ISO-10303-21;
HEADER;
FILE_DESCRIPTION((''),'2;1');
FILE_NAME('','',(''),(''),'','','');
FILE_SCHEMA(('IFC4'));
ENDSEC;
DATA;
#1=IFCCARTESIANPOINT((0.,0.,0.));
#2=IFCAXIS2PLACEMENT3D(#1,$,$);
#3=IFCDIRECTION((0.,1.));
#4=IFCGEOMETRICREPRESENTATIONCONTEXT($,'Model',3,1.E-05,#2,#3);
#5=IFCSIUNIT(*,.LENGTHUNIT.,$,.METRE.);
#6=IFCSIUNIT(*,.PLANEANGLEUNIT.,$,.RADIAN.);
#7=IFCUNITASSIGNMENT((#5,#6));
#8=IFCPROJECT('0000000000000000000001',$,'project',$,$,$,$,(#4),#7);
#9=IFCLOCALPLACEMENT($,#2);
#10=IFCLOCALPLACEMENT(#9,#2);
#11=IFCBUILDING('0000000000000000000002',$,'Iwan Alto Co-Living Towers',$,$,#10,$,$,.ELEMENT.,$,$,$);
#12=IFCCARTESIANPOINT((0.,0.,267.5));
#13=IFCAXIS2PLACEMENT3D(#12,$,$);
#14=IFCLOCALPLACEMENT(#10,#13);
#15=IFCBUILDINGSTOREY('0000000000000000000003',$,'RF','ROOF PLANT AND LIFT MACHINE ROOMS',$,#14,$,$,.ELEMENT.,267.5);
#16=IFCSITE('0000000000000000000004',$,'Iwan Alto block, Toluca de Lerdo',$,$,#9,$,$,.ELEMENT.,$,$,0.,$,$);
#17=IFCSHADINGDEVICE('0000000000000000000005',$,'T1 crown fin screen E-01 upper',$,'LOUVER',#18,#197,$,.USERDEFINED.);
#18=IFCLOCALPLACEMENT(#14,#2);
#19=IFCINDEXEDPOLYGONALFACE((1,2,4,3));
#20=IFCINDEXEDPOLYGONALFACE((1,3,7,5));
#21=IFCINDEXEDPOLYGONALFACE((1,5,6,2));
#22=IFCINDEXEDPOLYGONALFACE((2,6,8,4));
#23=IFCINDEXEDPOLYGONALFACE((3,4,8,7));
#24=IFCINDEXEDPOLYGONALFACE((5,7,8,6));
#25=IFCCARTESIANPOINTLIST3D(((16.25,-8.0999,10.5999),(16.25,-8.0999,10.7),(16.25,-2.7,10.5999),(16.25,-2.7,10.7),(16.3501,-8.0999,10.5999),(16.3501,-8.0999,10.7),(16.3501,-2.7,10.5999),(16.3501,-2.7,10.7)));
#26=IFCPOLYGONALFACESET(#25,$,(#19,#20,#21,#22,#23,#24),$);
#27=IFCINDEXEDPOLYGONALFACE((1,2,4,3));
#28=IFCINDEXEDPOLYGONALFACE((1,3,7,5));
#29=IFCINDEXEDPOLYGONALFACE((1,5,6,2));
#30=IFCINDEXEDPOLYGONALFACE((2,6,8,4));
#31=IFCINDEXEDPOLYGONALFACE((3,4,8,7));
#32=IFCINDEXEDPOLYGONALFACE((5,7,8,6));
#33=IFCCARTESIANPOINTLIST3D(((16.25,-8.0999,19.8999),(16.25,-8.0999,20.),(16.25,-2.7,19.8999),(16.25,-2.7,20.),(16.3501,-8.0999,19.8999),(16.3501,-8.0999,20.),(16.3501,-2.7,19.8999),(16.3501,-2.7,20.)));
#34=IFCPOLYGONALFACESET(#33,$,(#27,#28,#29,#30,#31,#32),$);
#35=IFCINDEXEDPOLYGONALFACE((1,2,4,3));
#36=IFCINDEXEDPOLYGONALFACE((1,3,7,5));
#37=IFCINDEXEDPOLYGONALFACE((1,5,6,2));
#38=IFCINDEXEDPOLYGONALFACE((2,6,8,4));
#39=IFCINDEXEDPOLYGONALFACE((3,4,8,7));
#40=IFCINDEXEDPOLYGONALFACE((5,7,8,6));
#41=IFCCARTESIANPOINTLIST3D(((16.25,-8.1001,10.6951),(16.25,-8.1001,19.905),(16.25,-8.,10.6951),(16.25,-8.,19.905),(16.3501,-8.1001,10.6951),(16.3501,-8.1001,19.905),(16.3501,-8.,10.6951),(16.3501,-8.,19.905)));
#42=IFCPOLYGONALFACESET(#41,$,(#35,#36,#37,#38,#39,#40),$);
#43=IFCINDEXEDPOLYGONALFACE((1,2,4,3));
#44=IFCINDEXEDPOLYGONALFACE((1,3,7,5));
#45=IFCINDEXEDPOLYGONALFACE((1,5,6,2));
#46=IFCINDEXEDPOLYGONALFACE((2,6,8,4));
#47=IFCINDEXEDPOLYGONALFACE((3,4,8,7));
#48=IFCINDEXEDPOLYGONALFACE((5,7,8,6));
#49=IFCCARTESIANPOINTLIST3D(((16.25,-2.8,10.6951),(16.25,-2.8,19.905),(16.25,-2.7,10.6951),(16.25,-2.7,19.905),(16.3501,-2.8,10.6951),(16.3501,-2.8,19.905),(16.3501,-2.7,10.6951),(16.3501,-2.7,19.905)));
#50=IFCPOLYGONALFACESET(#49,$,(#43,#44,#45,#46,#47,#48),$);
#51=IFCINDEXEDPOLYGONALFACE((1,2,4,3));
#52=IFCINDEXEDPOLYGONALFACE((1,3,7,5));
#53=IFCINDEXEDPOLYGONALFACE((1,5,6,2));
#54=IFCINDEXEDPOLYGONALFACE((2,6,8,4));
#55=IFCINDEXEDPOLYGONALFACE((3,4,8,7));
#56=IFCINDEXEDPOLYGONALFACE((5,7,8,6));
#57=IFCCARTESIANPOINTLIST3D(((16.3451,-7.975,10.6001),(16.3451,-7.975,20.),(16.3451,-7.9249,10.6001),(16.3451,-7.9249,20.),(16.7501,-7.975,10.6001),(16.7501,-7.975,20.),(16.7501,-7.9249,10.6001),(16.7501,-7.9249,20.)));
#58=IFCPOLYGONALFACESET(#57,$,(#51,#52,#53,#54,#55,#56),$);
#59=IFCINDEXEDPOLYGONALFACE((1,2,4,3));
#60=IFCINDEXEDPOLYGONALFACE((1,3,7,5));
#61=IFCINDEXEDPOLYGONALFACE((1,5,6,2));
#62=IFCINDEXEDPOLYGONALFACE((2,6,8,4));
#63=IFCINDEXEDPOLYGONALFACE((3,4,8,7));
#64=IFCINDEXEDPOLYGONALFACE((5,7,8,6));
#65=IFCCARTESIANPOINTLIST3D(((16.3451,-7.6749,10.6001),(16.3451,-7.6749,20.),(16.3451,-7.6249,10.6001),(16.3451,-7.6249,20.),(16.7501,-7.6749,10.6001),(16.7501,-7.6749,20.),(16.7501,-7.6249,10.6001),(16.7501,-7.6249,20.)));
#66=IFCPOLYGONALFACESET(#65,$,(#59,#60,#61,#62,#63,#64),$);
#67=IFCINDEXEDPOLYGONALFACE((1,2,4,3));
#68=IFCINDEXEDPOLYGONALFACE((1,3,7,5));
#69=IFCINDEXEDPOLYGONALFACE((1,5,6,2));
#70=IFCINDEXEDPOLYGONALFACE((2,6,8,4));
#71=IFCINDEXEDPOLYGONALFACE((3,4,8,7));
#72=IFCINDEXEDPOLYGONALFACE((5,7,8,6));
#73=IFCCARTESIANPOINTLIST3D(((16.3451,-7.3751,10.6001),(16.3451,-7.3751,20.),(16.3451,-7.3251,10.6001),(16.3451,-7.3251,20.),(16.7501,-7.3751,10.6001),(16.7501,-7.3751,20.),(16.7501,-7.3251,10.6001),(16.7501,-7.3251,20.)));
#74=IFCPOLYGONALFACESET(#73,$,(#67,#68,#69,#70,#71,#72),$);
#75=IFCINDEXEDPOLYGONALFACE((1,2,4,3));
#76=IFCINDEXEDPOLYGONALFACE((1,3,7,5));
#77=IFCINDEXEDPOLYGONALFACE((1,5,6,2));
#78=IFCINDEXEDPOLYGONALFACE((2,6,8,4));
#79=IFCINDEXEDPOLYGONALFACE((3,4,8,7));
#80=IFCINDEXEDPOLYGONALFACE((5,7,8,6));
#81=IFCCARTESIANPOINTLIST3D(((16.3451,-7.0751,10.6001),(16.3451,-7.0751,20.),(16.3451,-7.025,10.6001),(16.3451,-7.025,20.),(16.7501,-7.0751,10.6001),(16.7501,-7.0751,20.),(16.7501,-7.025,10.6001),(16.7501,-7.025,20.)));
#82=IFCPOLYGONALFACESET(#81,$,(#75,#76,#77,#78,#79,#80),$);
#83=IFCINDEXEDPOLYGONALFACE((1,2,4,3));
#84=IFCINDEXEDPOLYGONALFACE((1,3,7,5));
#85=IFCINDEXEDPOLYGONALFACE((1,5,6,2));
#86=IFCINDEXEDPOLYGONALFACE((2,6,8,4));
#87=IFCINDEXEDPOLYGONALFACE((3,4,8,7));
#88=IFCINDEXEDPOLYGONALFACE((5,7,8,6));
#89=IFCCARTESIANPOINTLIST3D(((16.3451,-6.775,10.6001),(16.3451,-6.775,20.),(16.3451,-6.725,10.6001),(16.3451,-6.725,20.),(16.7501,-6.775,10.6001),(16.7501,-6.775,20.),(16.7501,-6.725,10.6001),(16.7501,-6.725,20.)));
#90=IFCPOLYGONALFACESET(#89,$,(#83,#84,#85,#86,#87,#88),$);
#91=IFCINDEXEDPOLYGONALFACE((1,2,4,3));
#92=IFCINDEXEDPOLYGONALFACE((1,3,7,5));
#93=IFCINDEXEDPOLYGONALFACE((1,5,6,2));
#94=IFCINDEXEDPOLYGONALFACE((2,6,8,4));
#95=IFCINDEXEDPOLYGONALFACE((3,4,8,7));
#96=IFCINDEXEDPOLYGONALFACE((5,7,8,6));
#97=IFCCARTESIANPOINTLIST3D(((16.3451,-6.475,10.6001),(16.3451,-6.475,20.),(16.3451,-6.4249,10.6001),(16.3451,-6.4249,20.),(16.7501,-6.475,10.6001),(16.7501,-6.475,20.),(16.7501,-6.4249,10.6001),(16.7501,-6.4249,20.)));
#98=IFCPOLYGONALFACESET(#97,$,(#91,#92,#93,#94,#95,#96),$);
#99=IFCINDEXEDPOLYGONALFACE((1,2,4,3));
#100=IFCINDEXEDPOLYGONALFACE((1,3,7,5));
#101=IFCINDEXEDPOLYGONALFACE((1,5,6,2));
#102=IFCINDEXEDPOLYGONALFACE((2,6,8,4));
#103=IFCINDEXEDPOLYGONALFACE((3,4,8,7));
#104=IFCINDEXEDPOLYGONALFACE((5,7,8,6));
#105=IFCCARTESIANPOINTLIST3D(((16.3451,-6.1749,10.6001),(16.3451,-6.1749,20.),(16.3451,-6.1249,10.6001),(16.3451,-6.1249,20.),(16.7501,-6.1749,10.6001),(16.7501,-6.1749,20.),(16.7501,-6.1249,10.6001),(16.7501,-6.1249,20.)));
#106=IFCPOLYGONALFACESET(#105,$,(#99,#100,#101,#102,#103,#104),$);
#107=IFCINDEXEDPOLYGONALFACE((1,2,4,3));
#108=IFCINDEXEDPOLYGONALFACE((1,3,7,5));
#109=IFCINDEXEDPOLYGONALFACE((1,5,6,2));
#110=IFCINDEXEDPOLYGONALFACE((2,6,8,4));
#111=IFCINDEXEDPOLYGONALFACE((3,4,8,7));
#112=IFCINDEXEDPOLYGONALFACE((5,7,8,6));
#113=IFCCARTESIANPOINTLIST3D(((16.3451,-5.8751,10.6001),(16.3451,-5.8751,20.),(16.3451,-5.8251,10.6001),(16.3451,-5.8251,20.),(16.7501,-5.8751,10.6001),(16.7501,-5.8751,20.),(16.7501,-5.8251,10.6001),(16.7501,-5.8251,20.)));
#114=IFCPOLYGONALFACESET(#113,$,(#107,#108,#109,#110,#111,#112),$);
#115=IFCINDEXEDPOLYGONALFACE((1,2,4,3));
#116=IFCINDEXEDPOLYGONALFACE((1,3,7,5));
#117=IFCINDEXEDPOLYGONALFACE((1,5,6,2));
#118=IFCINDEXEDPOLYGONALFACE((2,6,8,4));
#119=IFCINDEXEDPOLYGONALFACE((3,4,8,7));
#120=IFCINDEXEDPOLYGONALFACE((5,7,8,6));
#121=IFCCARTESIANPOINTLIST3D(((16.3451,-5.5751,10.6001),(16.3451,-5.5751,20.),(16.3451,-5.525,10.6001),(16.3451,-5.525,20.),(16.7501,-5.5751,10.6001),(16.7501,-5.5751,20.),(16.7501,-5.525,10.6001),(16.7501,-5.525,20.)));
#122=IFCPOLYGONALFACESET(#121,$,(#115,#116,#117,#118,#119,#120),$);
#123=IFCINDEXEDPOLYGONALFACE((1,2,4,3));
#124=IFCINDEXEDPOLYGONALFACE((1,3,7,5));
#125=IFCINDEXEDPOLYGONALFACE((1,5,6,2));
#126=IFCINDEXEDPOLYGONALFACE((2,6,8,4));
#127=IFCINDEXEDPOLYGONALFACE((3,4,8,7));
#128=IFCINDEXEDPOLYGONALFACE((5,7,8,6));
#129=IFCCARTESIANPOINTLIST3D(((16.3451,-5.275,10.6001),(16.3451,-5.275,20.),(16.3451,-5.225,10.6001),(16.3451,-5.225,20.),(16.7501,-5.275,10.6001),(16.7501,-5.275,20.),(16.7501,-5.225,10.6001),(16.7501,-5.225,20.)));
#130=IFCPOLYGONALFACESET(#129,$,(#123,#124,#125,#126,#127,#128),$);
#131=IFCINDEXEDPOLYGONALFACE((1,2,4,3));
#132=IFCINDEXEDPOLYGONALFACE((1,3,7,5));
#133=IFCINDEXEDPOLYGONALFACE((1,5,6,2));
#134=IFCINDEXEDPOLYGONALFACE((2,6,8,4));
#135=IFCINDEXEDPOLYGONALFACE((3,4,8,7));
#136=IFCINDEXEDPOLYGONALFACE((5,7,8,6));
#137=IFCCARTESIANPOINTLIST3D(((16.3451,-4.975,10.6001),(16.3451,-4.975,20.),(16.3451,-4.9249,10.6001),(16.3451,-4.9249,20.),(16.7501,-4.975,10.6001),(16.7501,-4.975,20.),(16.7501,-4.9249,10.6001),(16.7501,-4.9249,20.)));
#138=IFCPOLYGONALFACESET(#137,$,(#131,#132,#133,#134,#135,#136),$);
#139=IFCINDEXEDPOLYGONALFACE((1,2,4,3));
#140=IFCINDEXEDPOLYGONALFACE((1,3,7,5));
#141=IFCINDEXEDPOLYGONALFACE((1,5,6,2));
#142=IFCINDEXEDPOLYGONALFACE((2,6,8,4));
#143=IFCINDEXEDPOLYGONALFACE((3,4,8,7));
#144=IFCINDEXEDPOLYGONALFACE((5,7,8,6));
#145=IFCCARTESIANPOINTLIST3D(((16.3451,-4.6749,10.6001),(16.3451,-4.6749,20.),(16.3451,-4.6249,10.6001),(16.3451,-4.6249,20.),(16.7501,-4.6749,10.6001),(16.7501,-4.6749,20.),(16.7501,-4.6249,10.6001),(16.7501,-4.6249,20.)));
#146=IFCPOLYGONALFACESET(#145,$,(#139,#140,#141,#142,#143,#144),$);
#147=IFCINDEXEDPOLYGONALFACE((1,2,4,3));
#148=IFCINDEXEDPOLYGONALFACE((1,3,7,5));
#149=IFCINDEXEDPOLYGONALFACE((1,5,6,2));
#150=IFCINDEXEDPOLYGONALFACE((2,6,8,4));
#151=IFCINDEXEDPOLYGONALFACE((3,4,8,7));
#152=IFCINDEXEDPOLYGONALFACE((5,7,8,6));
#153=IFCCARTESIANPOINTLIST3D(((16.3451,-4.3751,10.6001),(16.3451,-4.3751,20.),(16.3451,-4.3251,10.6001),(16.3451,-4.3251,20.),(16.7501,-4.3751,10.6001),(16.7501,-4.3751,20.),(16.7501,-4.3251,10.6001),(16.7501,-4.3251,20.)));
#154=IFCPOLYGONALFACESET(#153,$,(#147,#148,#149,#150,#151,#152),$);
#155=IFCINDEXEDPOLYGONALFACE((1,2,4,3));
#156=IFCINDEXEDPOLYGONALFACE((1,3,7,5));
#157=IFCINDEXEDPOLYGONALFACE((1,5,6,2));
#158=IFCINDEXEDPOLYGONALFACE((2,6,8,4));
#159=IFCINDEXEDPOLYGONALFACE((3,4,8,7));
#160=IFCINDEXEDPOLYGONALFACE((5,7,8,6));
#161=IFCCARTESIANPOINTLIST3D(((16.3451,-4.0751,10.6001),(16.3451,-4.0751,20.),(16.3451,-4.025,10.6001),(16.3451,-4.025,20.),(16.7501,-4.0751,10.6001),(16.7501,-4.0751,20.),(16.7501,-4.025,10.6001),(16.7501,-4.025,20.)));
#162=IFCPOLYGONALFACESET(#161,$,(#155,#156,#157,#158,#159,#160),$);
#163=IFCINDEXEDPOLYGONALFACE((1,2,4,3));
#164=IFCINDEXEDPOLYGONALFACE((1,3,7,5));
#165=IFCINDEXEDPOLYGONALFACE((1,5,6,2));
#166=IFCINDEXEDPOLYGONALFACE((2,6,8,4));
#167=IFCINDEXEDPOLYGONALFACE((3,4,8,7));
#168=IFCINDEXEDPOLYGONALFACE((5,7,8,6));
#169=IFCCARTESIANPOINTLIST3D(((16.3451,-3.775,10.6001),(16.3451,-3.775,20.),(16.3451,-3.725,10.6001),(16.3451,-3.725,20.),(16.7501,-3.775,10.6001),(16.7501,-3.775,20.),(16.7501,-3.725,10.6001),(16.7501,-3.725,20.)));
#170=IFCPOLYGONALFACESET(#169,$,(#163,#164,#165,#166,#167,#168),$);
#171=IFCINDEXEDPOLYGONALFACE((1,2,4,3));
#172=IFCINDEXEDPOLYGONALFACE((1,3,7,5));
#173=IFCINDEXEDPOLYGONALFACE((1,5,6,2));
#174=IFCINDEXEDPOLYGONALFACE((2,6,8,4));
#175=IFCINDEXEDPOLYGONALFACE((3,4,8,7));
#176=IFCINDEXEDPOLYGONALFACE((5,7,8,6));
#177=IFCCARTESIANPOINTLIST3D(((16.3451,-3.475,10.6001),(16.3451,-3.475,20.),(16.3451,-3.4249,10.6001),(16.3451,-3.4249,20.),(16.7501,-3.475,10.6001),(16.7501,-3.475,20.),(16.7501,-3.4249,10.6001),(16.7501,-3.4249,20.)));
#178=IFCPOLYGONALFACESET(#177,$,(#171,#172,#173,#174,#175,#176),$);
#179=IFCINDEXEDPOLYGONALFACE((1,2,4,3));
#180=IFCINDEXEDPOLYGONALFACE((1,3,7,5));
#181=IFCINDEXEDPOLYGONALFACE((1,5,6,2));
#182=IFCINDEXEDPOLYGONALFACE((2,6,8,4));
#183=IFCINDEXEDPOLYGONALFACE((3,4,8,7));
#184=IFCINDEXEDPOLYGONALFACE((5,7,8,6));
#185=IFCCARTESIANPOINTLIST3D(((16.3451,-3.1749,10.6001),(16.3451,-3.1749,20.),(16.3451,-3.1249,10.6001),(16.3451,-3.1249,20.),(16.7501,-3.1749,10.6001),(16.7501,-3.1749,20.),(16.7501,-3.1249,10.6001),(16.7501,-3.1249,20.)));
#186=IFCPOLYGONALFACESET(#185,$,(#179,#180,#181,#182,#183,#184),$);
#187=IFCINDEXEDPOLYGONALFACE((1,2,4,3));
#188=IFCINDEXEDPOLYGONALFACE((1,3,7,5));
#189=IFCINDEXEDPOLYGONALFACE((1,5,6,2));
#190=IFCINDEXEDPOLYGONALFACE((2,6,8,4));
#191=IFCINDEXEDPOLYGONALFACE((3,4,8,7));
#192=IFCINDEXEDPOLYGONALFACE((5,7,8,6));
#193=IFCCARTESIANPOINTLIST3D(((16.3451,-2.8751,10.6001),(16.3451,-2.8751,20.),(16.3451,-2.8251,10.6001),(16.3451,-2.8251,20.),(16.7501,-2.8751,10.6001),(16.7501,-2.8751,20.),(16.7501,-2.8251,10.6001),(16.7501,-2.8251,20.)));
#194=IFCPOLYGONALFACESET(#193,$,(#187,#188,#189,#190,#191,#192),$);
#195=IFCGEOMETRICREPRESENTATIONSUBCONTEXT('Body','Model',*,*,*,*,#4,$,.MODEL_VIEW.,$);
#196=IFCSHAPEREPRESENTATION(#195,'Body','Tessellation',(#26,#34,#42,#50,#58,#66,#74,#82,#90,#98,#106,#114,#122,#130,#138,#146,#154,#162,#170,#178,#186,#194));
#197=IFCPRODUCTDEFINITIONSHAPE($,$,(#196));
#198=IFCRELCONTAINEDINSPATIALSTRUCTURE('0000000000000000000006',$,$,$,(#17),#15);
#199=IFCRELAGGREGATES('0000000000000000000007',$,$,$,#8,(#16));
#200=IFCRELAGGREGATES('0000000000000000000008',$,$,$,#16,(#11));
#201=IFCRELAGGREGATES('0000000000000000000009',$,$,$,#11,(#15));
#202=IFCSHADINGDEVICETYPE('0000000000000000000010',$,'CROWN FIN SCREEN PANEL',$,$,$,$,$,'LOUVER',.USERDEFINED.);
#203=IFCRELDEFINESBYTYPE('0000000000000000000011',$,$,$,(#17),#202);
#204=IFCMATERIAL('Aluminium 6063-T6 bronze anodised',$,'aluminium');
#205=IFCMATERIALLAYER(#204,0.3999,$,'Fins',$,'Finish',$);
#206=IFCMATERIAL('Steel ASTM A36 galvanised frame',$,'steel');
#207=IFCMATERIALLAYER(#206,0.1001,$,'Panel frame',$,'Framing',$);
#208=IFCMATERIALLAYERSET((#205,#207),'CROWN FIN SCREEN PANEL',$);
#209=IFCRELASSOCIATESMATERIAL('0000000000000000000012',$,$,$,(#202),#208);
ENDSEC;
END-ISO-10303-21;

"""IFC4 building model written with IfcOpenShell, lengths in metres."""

from ifc_helpers import new_model, si_unit, direction, frame, origin, origin_2d, place, context, subcontext, project, spatial, rectangle, extrude, material, layer, layer_set, type_object, element, save


model = new_model("IFC4")

# Units and contexts
model_context = context("Model", 3, precision=1e-05, world=origin(), true_north=direction((0.0, 1.0)))
body_context = subcontext(model_context, "Body", "Model", "MODEL_VIEW")
ifc_project = project(units=[si_unit("LENGTHUNIT", "METRE"), si_unit("PLANEANGLEUNIT", "RADIAN")], contexts=[model_context])

# Site, building, storey
site_placement = place(None, origin())
site = spatial("IfcSite", under=ifc_project, at=site_placement, Name="Iwan Alto block, Toluca de Lerdo", CompositionType="ELEMENT", RefElevation=0.0)
building_placement = place(site_placement, origin())
building = spatial("IfcBuilding", under=site, at=building_placement, Name="Iwan Alto Co-Living Towers", CompositionType="ELEMENT")
storey_placement = place(building_placement, frame((0.0, 0.0, 267.5)))
storey = spatial("IfcBuildingStorey", under=building, at=storey_placement, Name="RF", Description="ROOF PLANT AND LIFT MACHINE ROOMS", CompositionType="ELEMENT", Elevation=267.5)

# Shading device
ifc_material_1 = material(Name="Aluminium 6063-T6 bronze anodised", Category="aluminium")
ifc_layer_1 = layer(ifc_material_1, 0.3999, Name="Fins", Category="Finish")
ifc_material_2 = material(Name="Steel ASTM A36 galvanised frame", Category="steel")
ifc_layer_2 = layer(ifc_material_2, 0.1001, Name="Panel frame", Category="Framing")
ifc_layer_set = layer_set([ifc_layer_1, ifc_layer_2], Name="CROWN FIN SCREEN PANEL")
shading_device_type = type_object("IfcShadingDeviceType", Name="CROWN FIN SCREEN PANEL", ElementType="LOUVER", PredefinedType="USERDEFINED", material=ifc_layer_set)
shading_device_1_placement = place(storey_placement, frame((0.0, 0.0, -267.5)))
element("IfcShadingDevice", 1, at=shading_device_1_placement, inside=storey, type_object=shading_device_type, Name="T1 crown fin screen E-01 upper", ObjectType="LOUVER", PredefinedType="USERDEFINED", context=body_context, shape_type="SweptSolid", body=[
    extrude(rectangle(XDim=5.3999, YDim=0.1001, at=origin_2d()), frame((16.3, -5.3999, 278.0999), z_axis=(0.0, 0.0, 1.0), x_axis=(0.0, 1.0, 0.0)), (0.0, 0.0, 1.0), 0.1001),
    extrude(rectangle(XDim=5.3999, YDim=0.1001, at=origin_2d()), frame((16.3, -5.3999, 287.3999), z_axis=(0.0, 0.0, 1.0), x_axis=(0.0, 1.0, 0.0)), (0.0, 0.0, 1.0), 0.1001),
    extrude(rectangle(XDim=0.1001, YDim=0.1001, at=origin_2d()), frame((16.3, -8.05, 278.1951), z_axis=(0.0, 0.0, 1.0), x_axis=(0.0, 1.0, 0.0)), (0.0, 0.0, 1.0), 9.21),
    extrude(rectangle(XDim=0.1001, YDim=0.1001, at=origin_2d()), frame((16.3, -2.75, 278.1951), z_axis=(0.0, 0.0, 1.0), x_axis=(0.0, 1.0, 0.0)), (0.0, 0.0, 1.0), 9.21),
    extrude(rectangle(XDim=0.05, YDim=0.405, at=origin_2d()), frame((16.5476, -7.95, 278.1001), z_axis=(0.0, 0.0, 1.0), x_axis=(0.0, 1.0, 0.0)), (0.0, 0.0, 1.0), 9.3999),
    extrude(rectangle(XDim=0.05, YDim=0.405, at=origin_2d()), frame((16.5476, -7.6499, 278.1001), z_axis=(0.0, 0.0, 1.0), x_axis=(0.0, 1.0, 0.0)), (0.0, 0.0, 1.0), 9.3999),
    extrude(rectangle(XDim=0.05, YDim=0.405, at=origin_2d()), frame((16.5476, -7.3501, 278.1001), z_axis=(0.0, 0.0, 1.0), x_axis=(0.0, 1.0, 0.0)), (0.0, 0.0, 1.0), 9.3999),
    extrude(rectangle(XDim=0.05, YDim=0.405, at=origin_2d()), frame((16.5476, -7.05, 278.1001), z_axis=(0.0, 0.0, 1.0), x_axis=(0.0, 1.0, 0.0)), (0.0, 0.0, 1.0), 9.3999),
    extrude(rectangle(XDim=0.05, YDim=0.405, at=origin_2d()), frame((16.5476, -6.75, 278.1001), z_axis=(0.0, 0.0, 1.0), x_axis=(0.0, 1.0, 0.0)), (0.0, 0.0, 1.0), 9.3999),
    extrude(rectangle(XDim=0.05, YDim=0.405, at=origin_2d()), frame((16.5476, -6.45, 278.1001), z_axis=(0.0, 0.0, 1.0), x_axis=(0.0, 1.0, 0.0)), (0.0, 0.0, 1.0), 9.3999),
    extrude(rectangle(XDim=0.05, YDim=0.405, at=origin_2d()), frame((16.5476, -6.1499, 278.1001), z_axis=(0.0, 0.0, 1.0), x_axis=(0.0, 1.0, 0.0)), (0.0, 0.0, 1.0), 9.3999),
    extrude(rectangle(XDim=0.05, YDim=0.405, at=origin_2d()), frame((16.5476, -5.8501, 278.1001), z_axis=(0.0, 0.0, 1.0), x_axis=(0.0, 1.0, 0.0)), (0.0, 0.0, 1.0), 9.3999),
    extrude(rectangle(XDim=0.05, YDim=0.405, at=origin_2d()), frame((16.5476, -5.55, 278.1001), z_axis=(0.0, 0.0, 1.0), x_axis=(0.0, 1.0, 0.0)), (0.0, 0.0, 1.0), 9.3999),
    extrude(rectangle(XDim=0.05, YDim=0.405, at=origin_2d()), frame((16.5476, -5.25, 278.1001), z_axis=(0.0, 0.0, 1.0), x_axis=(0.0, 1.0, 0.0)), (0.0, 0.0, 1.0), 9.3999),
    extrude(rectangle(XDim=0.05, YDim=0.405, at=origin_2d()), frame((16.5476, -4.95, 278.1001), z_axis=(0.0, 0.0, 1.0), x_axis=(0.0, 1.0, 0.0)), (0.0, 0.0, 1.0), 9.3999),
    extrude(rectangle(XDim=0.05, YDim=0.405, at=origin_2d()), frame((16.5476, -4.6499, 278.1001), z_axis=(0.0, 0.0, 1.0), x_axis=(0.0, 1.0, 0.0)), (0.0, 0.0, 1.0), 9.3999),
    extrude(rectangle(XDim=0.05, YDim=0.405, at=origin_2d()), frame((16.5476, -4.3501, 278.1001), z_axis=(0.0, 0.0, 1.0), x_axis=(0.0, 1.0, 0.0)), (0.0, 0.0, 1.0), 9.3999),
    extrude(rectangle(XDim=0.05, YDim=0.405, at=origin_2d()), frame((16.5476, -4.05, 278.1001), z_axis=(0.0, 0.0, 1.0), x_axis=(0.0, 1.0, 0.0)), (0.0, 0.0, 1.0), 9.3999),
    extrude(rectangle(XDim=0.05, YDim=0.405, at=origin_2d()), frame((16.5476, -3.75, 278.1001), z_axis=(0.0, 0.0, 1.0), x_axis=(0.0, 1.0, 0.0)), (0.0, 0.0, 1.0), 9.3999),
    extrude(rectangle(XDim=0.05, YDim=0.405, at=origin_2d()), frame((16.5476, -3.45, 278.1001), z_axis=(0.0, 0.0, 1.0), x_axis=(0.0, 1.0, 0.0)), (0.0, 0.0, 1.0), 9.3999),
    extrude(rectangle(XDim=0.05, YDim=0.405, at=origin_2d()), frame((16.5476, -3.1499, 278.1001), z_axis=(0.0, 0.0, 1.0), x_axis=(0.0, 1.0, 0.0)), (0.0, 0.0, 1.0), 9.3999),
    extrude(rectangle(XDim=0.05, YDim=0.405, at=origin_2d()), frame((16.5476, -2.8501, 278.1001), z_axis=(0.0, 0.0, 1.0), x_axis=(0.0, 1.0, 0.0)), (0.0, 0.0, 1.0), 9.3999),
])

save(model, "model.ifc")
